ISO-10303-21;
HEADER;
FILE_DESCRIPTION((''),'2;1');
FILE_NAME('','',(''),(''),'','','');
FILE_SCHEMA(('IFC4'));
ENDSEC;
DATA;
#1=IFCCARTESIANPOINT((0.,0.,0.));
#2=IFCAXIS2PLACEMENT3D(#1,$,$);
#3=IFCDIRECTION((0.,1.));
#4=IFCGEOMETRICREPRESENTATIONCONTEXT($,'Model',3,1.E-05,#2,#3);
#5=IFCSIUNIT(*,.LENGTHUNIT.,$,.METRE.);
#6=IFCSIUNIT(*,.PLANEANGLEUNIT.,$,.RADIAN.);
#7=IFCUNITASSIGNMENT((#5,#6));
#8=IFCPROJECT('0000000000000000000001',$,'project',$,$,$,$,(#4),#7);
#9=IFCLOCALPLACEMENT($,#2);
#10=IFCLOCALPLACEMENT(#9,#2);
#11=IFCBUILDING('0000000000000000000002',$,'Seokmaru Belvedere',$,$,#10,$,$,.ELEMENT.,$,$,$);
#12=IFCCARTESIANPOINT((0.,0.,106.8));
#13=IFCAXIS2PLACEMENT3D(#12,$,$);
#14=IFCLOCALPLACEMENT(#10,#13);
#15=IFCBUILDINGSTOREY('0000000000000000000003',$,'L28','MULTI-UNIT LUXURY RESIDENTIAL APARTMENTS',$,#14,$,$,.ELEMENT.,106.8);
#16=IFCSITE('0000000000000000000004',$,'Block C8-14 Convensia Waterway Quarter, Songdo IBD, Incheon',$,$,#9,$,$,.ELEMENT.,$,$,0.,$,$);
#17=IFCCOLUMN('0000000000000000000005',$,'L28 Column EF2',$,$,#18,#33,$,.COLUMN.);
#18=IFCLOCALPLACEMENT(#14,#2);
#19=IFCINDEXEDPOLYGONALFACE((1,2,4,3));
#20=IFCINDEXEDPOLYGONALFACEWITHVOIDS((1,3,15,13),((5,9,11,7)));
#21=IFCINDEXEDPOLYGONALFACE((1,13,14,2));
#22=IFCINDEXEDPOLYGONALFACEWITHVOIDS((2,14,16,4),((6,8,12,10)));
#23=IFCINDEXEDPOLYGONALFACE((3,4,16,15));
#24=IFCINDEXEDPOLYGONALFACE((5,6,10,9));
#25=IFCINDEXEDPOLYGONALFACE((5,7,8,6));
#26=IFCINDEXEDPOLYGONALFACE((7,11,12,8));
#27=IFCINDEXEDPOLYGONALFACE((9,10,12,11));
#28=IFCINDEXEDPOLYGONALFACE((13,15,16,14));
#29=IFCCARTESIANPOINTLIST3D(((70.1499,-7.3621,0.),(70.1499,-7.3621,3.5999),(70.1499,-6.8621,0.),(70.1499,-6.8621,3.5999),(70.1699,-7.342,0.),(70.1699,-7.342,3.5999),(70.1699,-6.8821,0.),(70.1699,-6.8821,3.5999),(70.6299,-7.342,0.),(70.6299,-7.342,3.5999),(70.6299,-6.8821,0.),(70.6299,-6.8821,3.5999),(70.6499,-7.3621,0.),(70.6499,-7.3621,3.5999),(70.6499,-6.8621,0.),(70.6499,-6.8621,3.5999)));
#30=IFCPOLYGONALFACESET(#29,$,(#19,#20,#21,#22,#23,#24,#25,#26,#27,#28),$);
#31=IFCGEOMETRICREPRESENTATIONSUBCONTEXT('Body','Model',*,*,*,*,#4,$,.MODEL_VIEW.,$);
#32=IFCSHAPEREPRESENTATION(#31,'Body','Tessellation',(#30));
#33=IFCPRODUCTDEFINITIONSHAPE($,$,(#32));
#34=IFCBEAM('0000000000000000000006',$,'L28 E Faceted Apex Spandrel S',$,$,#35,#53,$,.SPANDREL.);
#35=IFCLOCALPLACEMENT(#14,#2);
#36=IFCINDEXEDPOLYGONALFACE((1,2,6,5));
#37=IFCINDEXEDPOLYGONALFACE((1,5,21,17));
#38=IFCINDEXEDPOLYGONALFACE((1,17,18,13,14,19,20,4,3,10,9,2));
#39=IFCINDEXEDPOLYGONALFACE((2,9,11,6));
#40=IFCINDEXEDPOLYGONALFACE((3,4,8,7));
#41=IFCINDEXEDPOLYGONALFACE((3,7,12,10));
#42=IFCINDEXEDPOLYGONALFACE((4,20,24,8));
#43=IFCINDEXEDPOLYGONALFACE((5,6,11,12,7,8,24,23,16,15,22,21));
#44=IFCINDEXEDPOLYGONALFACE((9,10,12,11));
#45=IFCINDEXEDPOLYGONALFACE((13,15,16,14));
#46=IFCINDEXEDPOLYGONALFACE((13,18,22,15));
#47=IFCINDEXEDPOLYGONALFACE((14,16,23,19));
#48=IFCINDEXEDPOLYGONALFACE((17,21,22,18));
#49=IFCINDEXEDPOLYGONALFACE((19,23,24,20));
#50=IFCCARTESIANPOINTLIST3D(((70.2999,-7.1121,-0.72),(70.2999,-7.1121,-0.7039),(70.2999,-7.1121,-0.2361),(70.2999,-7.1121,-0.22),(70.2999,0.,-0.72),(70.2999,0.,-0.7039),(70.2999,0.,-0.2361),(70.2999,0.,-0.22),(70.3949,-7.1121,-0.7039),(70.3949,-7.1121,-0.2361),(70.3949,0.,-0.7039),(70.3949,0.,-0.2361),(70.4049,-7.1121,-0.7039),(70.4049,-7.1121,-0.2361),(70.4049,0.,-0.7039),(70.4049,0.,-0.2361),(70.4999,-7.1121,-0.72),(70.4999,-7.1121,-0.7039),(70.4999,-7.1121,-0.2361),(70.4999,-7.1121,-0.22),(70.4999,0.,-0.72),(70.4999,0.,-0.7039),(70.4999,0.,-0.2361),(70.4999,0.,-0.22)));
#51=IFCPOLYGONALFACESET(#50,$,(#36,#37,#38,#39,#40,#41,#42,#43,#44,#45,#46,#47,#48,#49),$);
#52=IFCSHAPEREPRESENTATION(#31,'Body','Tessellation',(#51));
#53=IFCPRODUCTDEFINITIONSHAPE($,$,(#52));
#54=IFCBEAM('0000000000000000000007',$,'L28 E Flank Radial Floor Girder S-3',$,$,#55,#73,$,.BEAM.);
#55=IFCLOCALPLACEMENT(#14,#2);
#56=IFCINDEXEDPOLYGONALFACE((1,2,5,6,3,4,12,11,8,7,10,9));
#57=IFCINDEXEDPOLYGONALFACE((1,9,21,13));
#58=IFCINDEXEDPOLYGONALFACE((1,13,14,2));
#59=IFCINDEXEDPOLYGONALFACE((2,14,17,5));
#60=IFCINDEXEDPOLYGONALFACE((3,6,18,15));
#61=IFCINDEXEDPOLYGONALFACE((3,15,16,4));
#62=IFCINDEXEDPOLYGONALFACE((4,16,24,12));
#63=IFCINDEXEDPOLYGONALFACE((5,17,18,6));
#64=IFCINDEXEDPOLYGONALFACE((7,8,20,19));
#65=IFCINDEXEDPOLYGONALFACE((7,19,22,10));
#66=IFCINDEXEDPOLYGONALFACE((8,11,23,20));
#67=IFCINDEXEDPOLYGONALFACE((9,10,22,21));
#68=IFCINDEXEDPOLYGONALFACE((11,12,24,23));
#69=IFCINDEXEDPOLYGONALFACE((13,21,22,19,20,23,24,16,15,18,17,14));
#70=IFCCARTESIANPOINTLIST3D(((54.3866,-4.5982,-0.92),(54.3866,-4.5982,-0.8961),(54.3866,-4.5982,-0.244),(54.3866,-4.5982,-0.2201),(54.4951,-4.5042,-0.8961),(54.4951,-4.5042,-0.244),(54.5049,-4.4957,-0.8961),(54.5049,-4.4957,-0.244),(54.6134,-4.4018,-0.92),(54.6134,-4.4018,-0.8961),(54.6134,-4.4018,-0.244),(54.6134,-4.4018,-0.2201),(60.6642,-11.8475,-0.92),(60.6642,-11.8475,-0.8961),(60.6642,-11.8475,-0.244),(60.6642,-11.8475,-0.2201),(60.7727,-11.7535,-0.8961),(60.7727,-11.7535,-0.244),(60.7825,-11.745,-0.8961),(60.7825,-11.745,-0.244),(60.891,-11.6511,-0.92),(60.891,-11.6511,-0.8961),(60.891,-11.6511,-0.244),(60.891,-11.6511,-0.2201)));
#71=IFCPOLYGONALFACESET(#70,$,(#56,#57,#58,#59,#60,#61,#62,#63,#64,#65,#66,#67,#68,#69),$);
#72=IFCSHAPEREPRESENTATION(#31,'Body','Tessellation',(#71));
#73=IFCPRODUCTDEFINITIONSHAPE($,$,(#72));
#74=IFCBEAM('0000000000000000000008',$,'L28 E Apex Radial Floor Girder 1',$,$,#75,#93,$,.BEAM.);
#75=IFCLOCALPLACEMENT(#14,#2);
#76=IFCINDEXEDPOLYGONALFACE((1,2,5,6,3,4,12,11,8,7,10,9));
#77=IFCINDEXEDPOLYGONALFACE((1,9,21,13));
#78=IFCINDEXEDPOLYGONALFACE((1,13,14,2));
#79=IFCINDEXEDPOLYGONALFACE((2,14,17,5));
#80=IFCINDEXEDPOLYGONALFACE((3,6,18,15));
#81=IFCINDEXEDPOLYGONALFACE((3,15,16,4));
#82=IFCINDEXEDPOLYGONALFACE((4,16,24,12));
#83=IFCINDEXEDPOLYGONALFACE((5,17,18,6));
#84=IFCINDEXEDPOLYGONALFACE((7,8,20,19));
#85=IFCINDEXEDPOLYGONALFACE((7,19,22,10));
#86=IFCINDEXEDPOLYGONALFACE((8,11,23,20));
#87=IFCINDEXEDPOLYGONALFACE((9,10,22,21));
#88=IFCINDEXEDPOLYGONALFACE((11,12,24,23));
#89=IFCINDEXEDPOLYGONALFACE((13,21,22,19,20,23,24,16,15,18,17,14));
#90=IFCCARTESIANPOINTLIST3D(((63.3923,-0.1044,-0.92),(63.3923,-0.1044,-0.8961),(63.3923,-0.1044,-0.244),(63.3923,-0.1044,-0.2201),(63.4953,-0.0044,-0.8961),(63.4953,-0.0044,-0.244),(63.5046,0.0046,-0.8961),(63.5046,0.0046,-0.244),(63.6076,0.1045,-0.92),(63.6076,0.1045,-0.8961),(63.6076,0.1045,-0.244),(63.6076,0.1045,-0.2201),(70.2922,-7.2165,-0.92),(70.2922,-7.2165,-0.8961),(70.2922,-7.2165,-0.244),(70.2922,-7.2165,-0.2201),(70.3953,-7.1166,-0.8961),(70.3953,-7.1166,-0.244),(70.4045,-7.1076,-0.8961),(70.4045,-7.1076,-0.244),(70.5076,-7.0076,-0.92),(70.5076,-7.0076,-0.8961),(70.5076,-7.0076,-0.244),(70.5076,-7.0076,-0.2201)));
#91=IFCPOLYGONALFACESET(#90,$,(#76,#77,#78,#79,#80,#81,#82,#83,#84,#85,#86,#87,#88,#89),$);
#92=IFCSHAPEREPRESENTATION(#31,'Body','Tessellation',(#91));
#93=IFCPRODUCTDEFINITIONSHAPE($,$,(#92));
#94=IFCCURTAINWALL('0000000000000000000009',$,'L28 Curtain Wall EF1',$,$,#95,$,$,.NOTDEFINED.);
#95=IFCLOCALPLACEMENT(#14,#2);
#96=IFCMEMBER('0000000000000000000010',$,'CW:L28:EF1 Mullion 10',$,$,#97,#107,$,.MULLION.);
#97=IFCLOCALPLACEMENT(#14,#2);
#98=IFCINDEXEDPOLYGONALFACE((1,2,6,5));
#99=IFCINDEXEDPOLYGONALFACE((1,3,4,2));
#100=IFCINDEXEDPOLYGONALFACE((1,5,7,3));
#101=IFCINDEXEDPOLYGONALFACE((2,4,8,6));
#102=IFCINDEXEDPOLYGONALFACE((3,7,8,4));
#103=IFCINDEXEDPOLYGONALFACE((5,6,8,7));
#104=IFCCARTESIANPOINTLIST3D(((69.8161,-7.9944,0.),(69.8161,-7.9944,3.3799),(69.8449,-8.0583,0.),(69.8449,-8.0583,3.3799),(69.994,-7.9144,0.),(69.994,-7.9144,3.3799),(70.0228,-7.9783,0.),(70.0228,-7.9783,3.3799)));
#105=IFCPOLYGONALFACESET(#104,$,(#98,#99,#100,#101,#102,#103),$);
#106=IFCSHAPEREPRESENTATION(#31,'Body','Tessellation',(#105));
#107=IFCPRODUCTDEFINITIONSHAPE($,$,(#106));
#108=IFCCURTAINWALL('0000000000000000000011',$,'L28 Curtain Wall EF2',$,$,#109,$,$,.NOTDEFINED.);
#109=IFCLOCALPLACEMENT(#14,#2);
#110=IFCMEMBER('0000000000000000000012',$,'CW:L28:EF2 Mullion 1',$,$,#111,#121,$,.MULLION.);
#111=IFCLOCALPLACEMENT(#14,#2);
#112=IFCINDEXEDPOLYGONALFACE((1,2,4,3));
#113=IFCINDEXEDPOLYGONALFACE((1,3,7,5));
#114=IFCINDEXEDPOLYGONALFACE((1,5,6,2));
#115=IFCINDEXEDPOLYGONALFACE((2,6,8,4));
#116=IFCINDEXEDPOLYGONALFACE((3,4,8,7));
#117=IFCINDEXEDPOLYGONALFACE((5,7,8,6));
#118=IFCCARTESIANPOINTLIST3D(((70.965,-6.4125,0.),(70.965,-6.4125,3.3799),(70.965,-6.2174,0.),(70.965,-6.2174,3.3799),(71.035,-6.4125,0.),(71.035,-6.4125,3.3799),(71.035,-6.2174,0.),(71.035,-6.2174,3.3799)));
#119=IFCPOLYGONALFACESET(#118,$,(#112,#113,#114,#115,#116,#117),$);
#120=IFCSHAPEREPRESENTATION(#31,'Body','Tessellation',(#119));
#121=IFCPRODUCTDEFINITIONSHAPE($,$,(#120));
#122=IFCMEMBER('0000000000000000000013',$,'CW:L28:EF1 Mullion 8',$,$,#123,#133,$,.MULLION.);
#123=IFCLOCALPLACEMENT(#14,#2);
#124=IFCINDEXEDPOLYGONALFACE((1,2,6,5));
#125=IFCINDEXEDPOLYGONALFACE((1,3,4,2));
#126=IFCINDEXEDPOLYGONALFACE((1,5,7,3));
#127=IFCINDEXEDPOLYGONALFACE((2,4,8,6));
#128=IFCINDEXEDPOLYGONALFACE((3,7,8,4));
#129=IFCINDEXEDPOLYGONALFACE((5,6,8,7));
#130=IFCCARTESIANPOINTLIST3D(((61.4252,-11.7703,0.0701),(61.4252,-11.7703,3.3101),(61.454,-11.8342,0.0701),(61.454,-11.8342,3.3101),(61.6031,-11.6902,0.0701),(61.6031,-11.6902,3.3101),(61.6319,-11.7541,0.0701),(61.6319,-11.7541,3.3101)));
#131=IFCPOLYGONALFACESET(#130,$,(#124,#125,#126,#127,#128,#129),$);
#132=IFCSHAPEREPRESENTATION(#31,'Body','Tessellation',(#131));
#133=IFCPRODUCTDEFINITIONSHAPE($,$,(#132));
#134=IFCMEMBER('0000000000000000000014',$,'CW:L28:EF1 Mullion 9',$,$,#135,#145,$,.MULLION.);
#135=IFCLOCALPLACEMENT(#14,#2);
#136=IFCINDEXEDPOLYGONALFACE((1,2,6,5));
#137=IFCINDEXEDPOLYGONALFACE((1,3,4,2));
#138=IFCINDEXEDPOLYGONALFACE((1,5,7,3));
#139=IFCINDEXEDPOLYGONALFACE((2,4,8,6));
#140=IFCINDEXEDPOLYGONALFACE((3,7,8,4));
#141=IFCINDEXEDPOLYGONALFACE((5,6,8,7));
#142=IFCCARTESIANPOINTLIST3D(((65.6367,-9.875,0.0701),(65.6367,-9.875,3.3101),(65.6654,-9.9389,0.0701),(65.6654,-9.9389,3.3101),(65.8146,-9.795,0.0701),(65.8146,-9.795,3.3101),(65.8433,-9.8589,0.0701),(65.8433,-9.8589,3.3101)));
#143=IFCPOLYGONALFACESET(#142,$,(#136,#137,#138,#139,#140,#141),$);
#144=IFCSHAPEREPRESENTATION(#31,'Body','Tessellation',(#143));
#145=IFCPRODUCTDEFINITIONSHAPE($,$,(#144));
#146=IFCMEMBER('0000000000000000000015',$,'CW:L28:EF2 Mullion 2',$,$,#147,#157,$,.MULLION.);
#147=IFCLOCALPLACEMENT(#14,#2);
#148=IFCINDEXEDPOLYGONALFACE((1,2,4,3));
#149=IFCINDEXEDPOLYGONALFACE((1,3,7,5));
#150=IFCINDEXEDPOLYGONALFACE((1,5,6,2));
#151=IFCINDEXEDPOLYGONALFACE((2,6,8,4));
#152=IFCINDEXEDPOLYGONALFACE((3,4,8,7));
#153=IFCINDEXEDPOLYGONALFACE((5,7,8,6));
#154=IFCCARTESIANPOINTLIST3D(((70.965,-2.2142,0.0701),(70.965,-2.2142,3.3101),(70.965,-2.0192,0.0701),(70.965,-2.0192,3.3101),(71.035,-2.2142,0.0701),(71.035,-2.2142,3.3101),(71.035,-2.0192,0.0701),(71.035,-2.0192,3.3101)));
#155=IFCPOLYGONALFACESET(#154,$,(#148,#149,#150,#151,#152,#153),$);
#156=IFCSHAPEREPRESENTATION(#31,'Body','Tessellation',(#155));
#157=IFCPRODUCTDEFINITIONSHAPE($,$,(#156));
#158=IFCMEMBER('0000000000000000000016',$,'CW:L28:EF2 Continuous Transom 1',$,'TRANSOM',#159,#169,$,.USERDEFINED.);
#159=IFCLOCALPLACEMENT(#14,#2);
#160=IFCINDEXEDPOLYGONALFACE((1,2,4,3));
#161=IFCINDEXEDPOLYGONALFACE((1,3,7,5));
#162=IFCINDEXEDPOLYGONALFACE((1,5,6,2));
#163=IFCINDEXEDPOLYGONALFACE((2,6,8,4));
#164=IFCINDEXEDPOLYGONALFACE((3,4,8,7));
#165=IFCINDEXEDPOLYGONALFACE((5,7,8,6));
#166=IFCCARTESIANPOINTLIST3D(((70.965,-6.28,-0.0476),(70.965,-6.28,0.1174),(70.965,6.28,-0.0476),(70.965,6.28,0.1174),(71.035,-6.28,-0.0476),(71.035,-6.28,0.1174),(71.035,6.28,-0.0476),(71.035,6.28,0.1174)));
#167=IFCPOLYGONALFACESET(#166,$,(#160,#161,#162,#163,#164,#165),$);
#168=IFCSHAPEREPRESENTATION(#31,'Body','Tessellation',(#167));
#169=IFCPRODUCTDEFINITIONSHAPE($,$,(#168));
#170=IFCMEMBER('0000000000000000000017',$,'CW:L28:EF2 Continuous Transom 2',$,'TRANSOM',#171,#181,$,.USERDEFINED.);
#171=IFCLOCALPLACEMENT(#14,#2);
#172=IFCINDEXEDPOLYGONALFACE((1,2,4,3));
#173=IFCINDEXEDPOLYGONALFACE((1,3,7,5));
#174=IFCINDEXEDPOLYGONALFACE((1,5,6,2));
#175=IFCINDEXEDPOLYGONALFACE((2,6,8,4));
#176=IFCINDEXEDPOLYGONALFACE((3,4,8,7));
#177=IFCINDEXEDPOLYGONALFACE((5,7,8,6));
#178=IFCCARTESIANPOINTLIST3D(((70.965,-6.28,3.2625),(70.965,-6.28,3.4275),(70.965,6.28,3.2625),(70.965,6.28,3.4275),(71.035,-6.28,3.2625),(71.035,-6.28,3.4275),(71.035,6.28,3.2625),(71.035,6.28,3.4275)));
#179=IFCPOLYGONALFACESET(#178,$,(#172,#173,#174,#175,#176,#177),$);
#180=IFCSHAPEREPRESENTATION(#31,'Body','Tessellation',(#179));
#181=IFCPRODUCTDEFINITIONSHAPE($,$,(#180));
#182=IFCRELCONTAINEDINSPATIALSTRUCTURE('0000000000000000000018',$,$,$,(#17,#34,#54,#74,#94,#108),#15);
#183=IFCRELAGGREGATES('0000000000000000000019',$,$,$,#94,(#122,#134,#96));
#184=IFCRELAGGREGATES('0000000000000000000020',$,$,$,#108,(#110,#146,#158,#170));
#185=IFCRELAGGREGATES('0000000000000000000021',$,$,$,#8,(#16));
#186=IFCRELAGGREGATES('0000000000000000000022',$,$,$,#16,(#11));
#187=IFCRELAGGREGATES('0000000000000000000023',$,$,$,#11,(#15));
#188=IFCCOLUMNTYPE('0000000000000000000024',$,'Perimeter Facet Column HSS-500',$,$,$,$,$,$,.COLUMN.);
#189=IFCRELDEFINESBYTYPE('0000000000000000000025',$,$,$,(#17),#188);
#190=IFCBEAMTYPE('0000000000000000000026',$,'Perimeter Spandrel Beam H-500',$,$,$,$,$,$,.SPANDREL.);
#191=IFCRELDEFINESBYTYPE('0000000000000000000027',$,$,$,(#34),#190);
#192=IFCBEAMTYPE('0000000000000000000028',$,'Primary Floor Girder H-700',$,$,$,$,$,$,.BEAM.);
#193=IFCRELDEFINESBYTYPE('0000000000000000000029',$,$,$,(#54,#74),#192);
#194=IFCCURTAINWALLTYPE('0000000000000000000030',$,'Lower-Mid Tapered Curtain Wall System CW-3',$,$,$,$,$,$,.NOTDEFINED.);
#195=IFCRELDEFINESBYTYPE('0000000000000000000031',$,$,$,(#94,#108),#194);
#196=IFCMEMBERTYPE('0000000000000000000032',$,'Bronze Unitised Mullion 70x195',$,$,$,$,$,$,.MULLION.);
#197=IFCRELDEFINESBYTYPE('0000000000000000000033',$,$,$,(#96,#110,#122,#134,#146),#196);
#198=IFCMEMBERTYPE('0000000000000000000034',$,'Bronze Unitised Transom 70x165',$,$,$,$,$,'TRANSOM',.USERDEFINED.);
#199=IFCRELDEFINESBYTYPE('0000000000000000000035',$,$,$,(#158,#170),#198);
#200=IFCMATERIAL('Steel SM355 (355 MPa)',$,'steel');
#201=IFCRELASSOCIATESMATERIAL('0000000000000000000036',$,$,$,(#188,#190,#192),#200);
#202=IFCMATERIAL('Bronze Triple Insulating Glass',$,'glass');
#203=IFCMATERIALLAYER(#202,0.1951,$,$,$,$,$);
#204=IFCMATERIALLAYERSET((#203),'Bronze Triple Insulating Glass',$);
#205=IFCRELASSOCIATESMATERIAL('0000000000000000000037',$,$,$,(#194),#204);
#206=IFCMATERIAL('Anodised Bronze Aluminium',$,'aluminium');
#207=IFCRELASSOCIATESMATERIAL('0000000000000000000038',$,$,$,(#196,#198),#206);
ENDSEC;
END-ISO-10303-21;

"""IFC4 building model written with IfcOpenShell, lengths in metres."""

from ifc_helpers import new_model, si_unit, direction, frame, origin, origin_2d, place, context, subcontext, project, spatial, rectangle, hollow_rectangle, i_section, extrude, source, transform, mapped, material, layer, layer_set, material_profile, profile_set, type_object, type_shapes, element, aggregate, save


model = new_model("IFC4")

# Units and contexts
model_context = context("Model", 3, precision=1e-05, world=origin(), true_north=direction((0.0, 1.0)))
body_context = subcontext(model_context, "Body", "Model", "MODEL_VIEW")
ifc_project = project(units=[si_unit("LENGTHUNIT", "METRE"), si_unit("PLANEANGLEUNIT", "RADIAN")], contexts=[model_context])

# Site, building, storey
site_placement = place(None, origin())
site = spatial("IfcSite", under=ifc_project, at=site_placement, Name="Block C8-14 Convensia Waterway Quarter, Songdo IBD, Incheon", CompositionType="ELEMENT", RefElevation=0.0)
building_placement = place(site_placement, origin())
building = spatial("IfcBuilding", under=site, at=building_placement, Name="Seokmaru Belvedere", CompositionType="ELEMENT")
storey_placement = place(building_placement, frame((0.0, 0.0, 106.8)))
storey = spatial("IfcBuildingStorey", under=building, at=storey_placement, Name="L28", Description="MULTI-UNIT LUXURY RESIDENTIAL APARTMENTS", CompositionType="ELEMENT", Elevation=106.8)

# Column
ifc_material_1 = material(Name="Steel SM355 (355 MPa)", Category="steel")
ifc_material_profile_1 = material_profile(ifc_material_1, hollow_rectangle(XDim=0.5, YDim=0.5, WallThickness=0.02, at=origin_2d()), Name="HSS-500x500x20")
ifc_profile_set_1 = profile_set([ifc_material_profile_1], Name="Steel SM355 (355 MPa)")
column_type = type_object("IfcColumnType", Name="Perimeter Facet Column HSS-500", PredefinedType="COLUMN", material=ifc_profile_set_1)
shared_shape_1 = source(origin(), body_context, "Body", "SweptSolid", [
    extrude(hollow_rectangle(XDim=0.5, YDim=0.5, WallThickness=0.02, at=origin_2d()), origin(), (0.0, 0.0, 1.0), 3.5999),
])
type_shapes(column_type, [shared_shape_1])
column_placement = place(storey_placement, frame((70.3999, -7.1121, 0.0), z_axis=(0.0, 0.0, 1.0), x_axis=(1.0, 0.0, 0.0)))
element("IfcColumn", 1, at=column_placement, inside=storey, type_object=column_type, Name="L28 Column EF2", PredefinedType="COLUMN", context=body_context, shape_type="MappedRepresentation", body=[
    mapped(shared_shape_1, transform((0.0, 0.0, 0.0), scale=1.0)),
])

# Beams
ifc_material_profile_2 = material_profile(ifc_material_1, i_section(OverallWidth=0.2, OverallDepth=0.5, WebThickness=0.01, FlangeThickness=0.0161, at=origin_2d()), Name="H-500x200x10x16")
ifc_profile_set_2 = profile_set([ifc_material_profile_2], Name="Steel SM355 (355 MPa)")
beam_type_1 = type_object("IfcBeamType", Name="Perimeter Spandrel Beam H-500", PredefinedType="SPANDREL", material=ifc_profile_set_2)
shared_shape_2 = source(origin(), body_context, "Body", "SweptSolid", [
    extrude(i_section(OverallWidth=0.2, OverallDepth=0.5, WebThickness=0.01, FlangeThickness=0.0161, at=origin_2d()), origin(), (0.0, 0.0, 1.0), 7.1121),
])
type_shapes(beam_type_1, [shared_shape_2])
beam_1_placement = place(storey_placement, frame((70.3999, -7.1121, -0.47), z_axis=(0.0, 1.0, 0.0), x_axis=(-1.0, 0.0, 0.0)))
element("IfcBeam", 2, at=beam_1_placement, inside=storey, type_object=beam_type_1, Name="L28 E Faceted Apex Spandrel S", PredefinedType="SPANDREL", context=body_context, shape_type="MappedRepresentation", body=[
    mapped(shared_shape_2, transform((0.0, 0.0, 0.0), scale=1.0)),
])
ifc_material_profile_3 = material_profile(ifc_material_1, i_section(OverallWidth=0.3, OverallDepth=0.7, WebThickness=0.0129, FlangeThickness=0.0239, at=origin_2d()), Name="H-700x300x13x24")
ifc_profile_set_3 = profile_set([ifc_material_profile_3], Name="Steel SM355 (355 MPa)")
beam_type_2 = type_object("IfcBeamType", Name="Primary Floor Girder H-700", PredefinedType="BEAM", material=ifc_profile_set_3)
shared_shape_3 = source(origin(), body_context, "Body", "SweptSolid", [
    extrude(i_section(OverallWidth=0.3, OverallDepth=0.7, WebThickness=0.0129, FlangeThickness=0.0239, at=origin_2d()), origin(), (0.0, 0.0, 1.0), 9.5896),
])
beam_2_placement = place(storey_placement, frame((60.7776, -11.7493, -0.5701), z_axis=(-0.654626, 0.755953, 0.0), x_axis=(-0.755953, -0.654626, 0.0)))
element("IfcBeam", 3, at=beam_2_placement, inside=storey, type_object=beam_type_2, Name="L28 E Flank Radial Floor Girder S-3", PredefinedType="BEAM", context=body_context, shape_type="MappedRepresentation", body=[
    mapped(shared_shape_3, transform((0.0, 0.0, 0.0), scale=1.0)),
])
shared_shape_4 = source(origin(), body_context, "Body", "SweptSolid", [
    extrude(i_section(OverallWidth=0.3, OverallDepth=0.7, WebThickness=0.0129, FlangeThickness=0.0239, at=origin_2d()), origin(), (0.0, 0.0, 1.0), 9.9092),
])
type_shapes(beam_type_2, [shared_shape_3, shared_shape_4])
beam_3_placement = place(storey_placement, frame((70.3999, -7.1121, -0.5701), z_axis=(-0.696321, 0.717731, 0.0), x_axis=(-0.717731, -0.696321, 0.0)))
element("IfcBeam", 4, at=beam_3_placement, inside=storey, type_object=beam_type_2, Name="L28 E Apex Radial Floor Girder 1", PredefinedType="BEAM", context=body_context, shape_type="MappedRepresentation", body=[
    mapped(shared_shape_4, transform((0.0, 0.0, 0.0), scale=1.0)),
])

# Curtain walls, members
ifc_material_2 = material(Name="Bronze Triple Insulating Glass", Category="glass")
ifc_layer_1 = layer(ifc_material_2, 0.1951)
ifc_layer_set_1 = layer_set([ifc_layer_1], Name="Bronze Triple Insulating Glass")
curtain_wall_type = type_object("IfcCurtainWallType", Name="Lower-Mid Tapered Curtain Wall System CW-3", PredefinedType="NOTDEFINED", material=ifc_layer_set_1)
curtain_wall_1_placement = place(storey_placement, origin())
curtain_wall_1 = element("IfcCurtainWall", 5, at=curtain_wall_1_placement, inside=storey, type_object=curtain_wall_type, Name="L28 Curtain Wall EF1", PredefinedType="NOTDEFINED")
ifc_material_3 = material(Name="Anodised Bronze Aluminium", Category="aluminium")
ifc_material_profile_4 = material_profile(ifc_material_3, rectangle(XDim=0.0701, YDim=0.1951, at=origin_2d()), Name="CW-M-70x195")
ifc_profile_set_4 = profile_set([ifc_material_profile_4], Name="Anodised Bronze Aluminium")
member_type_1 = type_object("IfcMemberType", Name="Bronze Unitised Mullion 70x195", PredefinedType="MULLION", material=ifc_profile_set_4)
shared_shape_5 = source(origin(), body_context, "Body", "SweptSolid", [
    extrude(rectangle(XDim=0.0701, YDim=0.1951, at=origin_2d()), origin(), (0.0, 0.0, 1.0), 3.3799),
])
member_1_placement = place(storey_placement, frame((69.9194, -7.9863, 0.0), z_axis=(0.0, 0.0, 1.0), x_axis=(-0.410366, 0.911921, 0.0)))
member_1 = element("IfcMember", 6, at=member_1_placement, type_object=member_type_1, Name="CW:L28:EF1 Mullion 10", PredefinedType="MULLION", context=body_context, shape_type="MappedRepresentation", body=[
    mapped(shared_shape_5, transform((0.0, 0.0, 0.0), scale=1.0)),
])
curtain_wall_2_placement = place(storey_placement, origin())
curtain_wall_2 = element("IfcCurtainWall", 7, at=curtain_wall_2_placement, inside=storey, type_object=curtain_wall_type, Name="L28 Curtain Wall EF2", PredefinedType="NOTDEFINED")
member_2_placement = place(storey_placement, frame((71.0, -6.3149, 0.0), z_axis=(0.0, 0.0, 1.0), x_axis=(-1.0, 0.0, 0.0)))
member_2 = element("IfcMember", 8, at=member_2_placement, type_object=member_type_1, Name="CW:L28:EF2 Mullion 1", PredefinedType="MULLION", context=body_context, shape_type="MappedRepresentation", body=[
    mapped(shared_shape_5, transform((0.0, 0.0, 0.0), scale=1.0)),
])

# Members
shared_shape_6 = source(origin(), body_context, "Body", "SweptSolid", [
    extrude(rectangle(XDim=0.0701, YDim=0.1951, at=origin_2d()), origin(), (0.0, 0.0, 1.0), 3.24),
])
type_shapes(member_type_1, [shared_shape_5, shared_shape_6])
member_3_placement = place(storey_placement, frame((61.5286, -11.7622, 0.0701), z_axis=(0.0, 0.0, 1.0), x_axis=(-0.410366, 0.911921, 0.0)))
member_3 = element("IfcMember", 9, at=member_3_placement, type_object=member_type_1, Name="CW:L28:EF1 Mullion 8", PredefinedType="MULLION", context=body_context, shape_type="MappedRepresentation", body=[
    mapped(shared_shape_6, transform((0.0, 0.0, 0.0), scale=1.0)),
])
member_4_placement = place(storey_placement, frame((65.74, -9.8669, 0.0701), z_axis=(0.0, 0.0, 1.0), x_axis=(-0.410366, 0.911921, 0.0)))
member_4 = element("IfcMember", 10, at=member_4_placement, type_object=member_type_1, Name="CW:L28:EF1 Mullion 9", PredefinedType="MULLION", context=body_context, shape_type="MappedRepresentation", body=[
    mapped(shared_shape_6, transform((0.0, 0.0, 0.0), scale=1.0)),
])
member_5_placement = place(storey_placement, frame((71.0, -2.1167, 0.0701), z_axis=(0.0, 0.0, 1.0), x_axis=(-1.0, 0.0, 0.0)))
member_5 = element("IfcMember", 11, at=member_5_placement, type_object=member_type_1, Name="CW:L28:EF2 Mullion 2", PredefinedType="MULLION", context=body_context, shape_type="MappedRepresentation", body=[
    mapped(shared_shape_6, transform((0.0, 0.0, 0.0), scale=1.0)),
])
ifc_material_profile_5 = material_profile(ifc_material_3, rectangle(XDim=0.0701, YDim=0.165, at=origin_2d()), Name="CW-T-70x165")
ifc_profile_set_5 = profile_set([ifc_material_profile_5], Name="Anodised Bronze Aluminium")
member_type_2 = type_object("IfcMemberType", Name="Bronze Unitised Transom 70x165", ElementType="TRANSOM", PredefinedType="USERDEFINED", material=ifc_profile_set_5)
shared_shape_7 = source(origin(), body_context, "Body", "SweptSolid", [
    extrude(rectangle(XDim=0.0701, YDim=0.165, at=origin_2d()), origin(), (0.0, 0.0, 1.0), 12.5601),
])
type_shapes(member_type_2, [shared_shape_7])
member_6_placement = place(storey_placement, frame((71.0, -6.28, 0.0349), z_axis=(0.0, 1.0, 0.0), x_axis=(-1.0, 0.0, 0.0)))
member_6 = element("IfcMember", 12, at=member_6_placement, type_object=member_type_2, Name="CW:L28:EF2 Continuous Transom 1", ObjectType="TRANSOM", PredefinedType="USERDEFINED", context=body_context, shape_type="MappedRepresentation", body=[
    mapped(shared_shape_7, transform((0.0, 0.0, 0.0), scale=1.0)),
])
member_7_placement = place(storey_placement, frame((71.0, -6.28, 3.345), z_axis=(0.0, 1.0, 0.0), x_axis=(-1.0, 0.0, 0.0)))
member_7 = element("IfcMember", 13, at=member_7_placement, type_object=member_type_2, Name="CW:L28:EF2 Continuous Transom 2", ObjectType="TRANSOM", PredefinedType="USERDEFINED", context=body_context, shape_type="MappedRepresentation", body=[
    mapped(shared_shape_7, transform((0.0, 0.0, 0.0), scale=1.0)),
])

aggregate(curtain_wall_1, [member_3, member_4, member_1])
aggregate(curtain_wall_2, [member_2, member_5, member_6, member_7])

save(model, "model.ifc")
